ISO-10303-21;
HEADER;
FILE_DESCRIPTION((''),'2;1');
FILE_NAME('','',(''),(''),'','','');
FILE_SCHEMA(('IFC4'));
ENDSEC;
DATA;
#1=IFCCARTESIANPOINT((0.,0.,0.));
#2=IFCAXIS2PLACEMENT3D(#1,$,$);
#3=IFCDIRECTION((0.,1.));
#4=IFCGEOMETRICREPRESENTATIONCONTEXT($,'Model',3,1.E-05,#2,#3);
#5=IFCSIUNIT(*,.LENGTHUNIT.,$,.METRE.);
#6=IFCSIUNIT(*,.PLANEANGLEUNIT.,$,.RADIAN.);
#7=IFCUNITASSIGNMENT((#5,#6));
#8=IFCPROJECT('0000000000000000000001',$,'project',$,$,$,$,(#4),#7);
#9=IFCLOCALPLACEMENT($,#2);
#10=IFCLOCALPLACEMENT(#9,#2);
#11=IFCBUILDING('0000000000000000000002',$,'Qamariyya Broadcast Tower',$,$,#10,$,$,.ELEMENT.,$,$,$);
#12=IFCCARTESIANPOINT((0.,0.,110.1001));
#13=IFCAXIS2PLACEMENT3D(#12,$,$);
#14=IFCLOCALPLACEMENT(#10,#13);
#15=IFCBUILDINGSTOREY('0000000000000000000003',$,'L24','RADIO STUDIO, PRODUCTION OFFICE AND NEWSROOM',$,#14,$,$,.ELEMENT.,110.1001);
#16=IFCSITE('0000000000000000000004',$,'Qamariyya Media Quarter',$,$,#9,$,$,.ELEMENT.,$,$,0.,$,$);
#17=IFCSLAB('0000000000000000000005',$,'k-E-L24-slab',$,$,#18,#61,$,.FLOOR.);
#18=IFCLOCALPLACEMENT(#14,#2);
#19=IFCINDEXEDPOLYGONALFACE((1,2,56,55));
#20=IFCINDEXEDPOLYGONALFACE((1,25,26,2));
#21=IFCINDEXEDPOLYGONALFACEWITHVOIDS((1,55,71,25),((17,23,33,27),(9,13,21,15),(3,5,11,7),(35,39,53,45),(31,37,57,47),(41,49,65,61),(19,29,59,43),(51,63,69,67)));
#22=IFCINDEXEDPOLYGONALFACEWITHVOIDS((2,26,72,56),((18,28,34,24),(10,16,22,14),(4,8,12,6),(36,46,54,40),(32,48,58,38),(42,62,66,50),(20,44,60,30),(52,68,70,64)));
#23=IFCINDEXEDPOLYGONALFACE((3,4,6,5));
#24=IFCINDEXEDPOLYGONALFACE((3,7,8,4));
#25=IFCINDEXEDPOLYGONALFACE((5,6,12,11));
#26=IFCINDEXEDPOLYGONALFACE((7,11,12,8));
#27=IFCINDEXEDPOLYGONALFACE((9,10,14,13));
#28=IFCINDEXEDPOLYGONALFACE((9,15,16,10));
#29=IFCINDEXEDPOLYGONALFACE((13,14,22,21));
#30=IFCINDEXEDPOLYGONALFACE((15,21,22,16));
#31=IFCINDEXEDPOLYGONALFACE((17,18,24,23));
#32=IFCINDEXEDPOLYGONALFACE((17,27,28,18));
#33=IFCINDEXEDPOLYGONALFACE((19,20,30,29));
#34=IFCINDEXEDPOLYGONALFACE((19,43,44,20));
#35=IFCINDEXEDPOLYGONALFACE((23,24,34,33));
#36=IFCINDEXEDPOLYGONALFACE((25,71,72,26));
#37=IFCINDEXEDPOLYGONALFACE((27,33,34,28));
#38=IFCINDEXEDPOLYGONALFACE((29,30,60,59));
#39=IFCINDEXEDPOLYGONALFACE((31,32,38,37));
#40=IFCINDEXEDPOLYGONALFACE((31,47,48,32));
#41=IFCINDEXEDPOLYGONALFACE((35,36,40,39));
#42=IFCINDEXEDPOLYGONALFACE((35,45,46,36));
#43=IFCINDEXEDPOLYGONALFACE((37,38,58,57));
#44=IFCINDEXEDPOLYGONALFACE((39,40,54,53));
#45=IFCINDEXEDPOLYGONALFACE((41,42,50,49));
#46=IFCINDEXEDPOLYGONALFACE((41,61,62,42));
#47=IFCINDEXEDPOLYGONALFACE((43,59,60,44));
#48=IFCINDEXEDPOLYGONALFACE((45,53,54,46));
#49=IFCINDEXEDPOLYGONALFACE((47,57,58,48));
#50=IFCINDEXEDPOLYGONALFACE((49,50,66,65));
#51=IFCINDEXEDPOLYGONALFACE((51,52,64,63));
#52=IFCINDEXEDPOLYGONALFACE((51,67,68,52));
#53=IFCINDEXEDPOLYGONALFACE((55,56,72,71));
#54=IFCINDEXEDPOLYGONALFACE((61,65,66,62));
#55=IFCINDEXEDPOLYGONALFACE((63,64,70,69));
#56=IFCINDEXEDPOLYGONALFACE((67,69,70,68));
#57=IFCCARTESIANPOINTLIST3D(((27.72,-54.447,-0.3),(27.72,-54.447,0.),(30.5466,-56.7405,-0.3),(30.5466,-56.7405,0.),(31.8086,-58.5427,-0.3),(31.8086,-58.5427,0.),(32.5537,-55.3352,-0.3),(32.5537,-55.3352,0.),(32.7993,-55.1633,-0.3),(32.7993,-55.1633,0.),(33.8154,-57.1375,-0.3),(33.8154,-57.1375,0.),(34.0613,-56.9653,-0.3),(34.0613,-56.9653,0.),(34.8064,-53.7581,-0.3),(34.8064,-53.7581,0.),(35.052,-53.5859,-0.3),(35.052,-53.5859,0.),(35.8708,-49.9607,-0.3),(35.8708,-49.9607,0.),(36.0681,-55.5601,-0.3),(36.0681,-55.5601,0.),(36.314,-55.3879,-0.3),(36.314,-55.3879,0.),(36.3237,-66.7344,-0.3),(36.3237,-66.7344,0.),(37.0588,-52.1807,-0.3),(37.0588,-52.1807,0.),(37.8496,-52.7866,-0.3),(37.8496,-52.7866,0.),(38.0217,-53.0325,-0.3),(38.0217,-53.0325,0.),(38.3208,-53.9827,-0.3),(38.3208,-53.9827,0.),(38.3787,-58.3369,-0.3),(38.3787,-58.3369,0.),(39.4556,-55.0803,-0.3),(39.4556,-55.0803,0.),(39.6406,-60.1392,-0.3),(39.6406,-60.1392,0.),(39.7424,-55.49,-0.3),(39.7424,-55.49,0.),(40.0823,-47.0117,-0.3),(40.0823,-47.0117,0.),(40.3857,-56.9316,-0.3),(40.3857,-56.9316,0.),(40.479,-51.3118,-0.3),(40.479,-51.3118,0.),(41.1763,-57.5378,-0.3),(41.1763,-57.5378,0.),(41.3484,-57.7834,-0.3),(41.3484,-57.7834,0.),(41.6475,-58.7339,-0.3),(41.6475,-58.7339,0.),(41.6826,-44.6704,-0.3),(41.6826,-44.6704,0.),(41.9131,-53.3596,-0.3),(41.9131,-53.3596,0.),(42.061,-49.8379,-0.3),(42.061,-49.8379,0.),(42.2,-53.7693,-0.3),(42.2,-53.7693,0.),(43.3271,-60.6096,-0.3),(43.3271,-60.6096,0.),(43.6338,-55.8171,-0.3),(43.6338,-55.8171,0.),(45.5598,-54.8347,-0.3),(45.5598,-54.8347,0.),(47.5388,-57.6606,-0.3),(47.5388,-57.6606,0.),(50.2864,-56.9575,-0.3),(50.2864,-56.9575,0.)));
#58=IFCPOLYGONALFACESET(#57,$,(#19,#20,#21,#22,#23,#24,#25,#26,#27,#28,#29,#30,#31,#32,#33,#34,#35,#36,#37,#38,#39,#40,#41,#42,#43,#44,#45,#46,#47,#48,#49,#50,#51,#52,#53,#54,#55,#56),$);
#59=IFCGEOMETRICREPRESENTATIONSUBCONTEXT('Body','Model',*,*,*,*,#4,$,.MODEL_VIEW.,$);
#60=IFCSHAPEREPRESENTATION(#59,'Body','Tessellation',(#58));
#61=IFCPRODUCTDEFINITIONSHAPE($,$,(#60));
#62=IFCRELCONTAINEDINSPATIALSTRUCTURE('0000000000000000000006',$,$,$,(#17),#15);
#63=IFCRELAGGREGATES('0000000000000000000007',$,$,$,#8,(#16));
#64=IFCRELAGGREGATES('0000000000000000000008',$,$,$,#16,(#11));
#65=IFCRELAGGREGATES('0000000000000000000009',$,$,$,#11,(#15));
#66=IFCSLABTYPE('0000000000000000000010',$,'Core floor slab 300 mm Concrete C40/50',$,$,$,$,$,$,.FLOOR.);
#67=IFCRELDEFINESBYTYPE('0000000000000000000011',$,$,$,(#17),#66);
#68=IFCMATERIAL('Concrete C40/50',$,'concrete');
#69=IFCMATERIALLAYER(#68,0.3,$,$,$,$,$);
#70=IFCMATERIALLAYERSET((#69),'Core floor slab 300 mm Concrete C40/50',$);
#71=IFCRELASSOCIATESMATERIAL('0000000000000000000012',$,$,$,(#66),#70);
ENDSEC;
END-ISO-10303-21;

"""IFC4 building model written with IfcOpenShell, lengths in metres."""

from ifc_helpers import new_model, si_unit, direction, frame, origin, place, context, subcontext, project, spatial, polyline, outline, extrude, material, layer, layer_set, type_object, element, save


model = new_model("IFC4")

# Units and contexts
model_context = context("Model", 3, precision=1e-05, world=origin(), true_north=direction((0.0, 1.0)))
body_context = subcontext(model_context, "Body", "Model", "MODEL_VIEW")
ifc_project = project(units=[si_unit("LENGTHUNIT", "METRE"), si_unit("PLANEANGLEUNIT", "RADIAN")], contexts=[model_context])

# Site, building, storey
site_placement = place(None, origin())
building_placement = place(site_placement, origin())
storey_placement = place(building_placement, frame((0.0, 0.0, 110.1001)))
site = spatial("IfcSite", under=ifc_project, at=site_placement, Name="Qamariyya Media Quarter", CompositionType="ELEMENT", RefElevation=0.0)
building = spatial("IfcBuilding", under=site, at=building_placement, Name="Qamariyya Broadcast Tower", CompositionType="ELEMENT")
storey = spatial("IfcBuildingStorey", under=building, at=storey_placement, Name="L24", Description="RADIO STUDIO, PRODUCTION OFFICE AND NEWSROOM", CompositionType="ELEMENT", Elevation=110.1001)

# Slab
ifc_material_1 = material(Name="Concrete C40/50", Category="concrete")
ifc_layer = layer(ifc_material_1, 0.3)
ifc_layer_set = layer_set([ifc_layer], Name="Core floor slab 300 mm Concrete C40/50")
slab_type = type_object("IfcSlabType", Name="Core floor slab 300 mm Concrete C40/50", PredefinedType="FLOOR", material=ifc_layer_set)
slab_placement = place(storey_placement, frame((0.0, 0.0, -0.3)))
element("IfcSlab", 1, at=slab_placement, inside=storey, type_object=slab_type, Name="k-E-L24-slab", PredefinedType="FLOOR", context=body_context, shape_type="SweptSolid", body=[
    extrude(outline(polyline([(36.3237, -66.7344), (50.2864, -56.9575), (41.6826, -44.6704), (27.72, -54.447), (36.3237, -66.7344)]), holes=[polyline([(31.8086, -58.5427), (33.8154, -57.1375), (32.5537, -55.3352), (30.5466, -56.7405), (31.8086, -58.5427)]), polyline([(34.0613, -56.9653), (36.0681, -55.5601), (34.8064, -53.7581), (32.7993, -55.1633), (34.0613, -56.9653)]), polyline([(36.314, -55.3879), (38.3208, -53.9827), (37.0588, -52.1807), (35.052, -53.5859), (36.314, -55.3879)]), polyline([(38.3787, -58.3369), (40.3857, -56.9316), (41.6475, -58.7339), (39.6406, -60.1392), (38.3787, -58.3369)]), polyline([(39.7424, -55.49), (42.2, -53.7693), (43.6338, -55.8171), (41.1763, -57.5378), (39.7424, -55.49)]), polyline([(39.4556, -55.0803), (41.9131, -53.3596), (40.479, -51.3118), (38.0217, -53.0325), (39.4556, -55.0803)]), polyline([(40.0823, -47.0117), (35.8708, -49.9607), (37.8496, -52.7866), (42.061, -49.8379), (40.0823, -47.0117)]), polyline([(45.5598, -54.8347), (41.3484, -57.7834), (43.3271, -60.6096), (47.5388, -57.6606), (45.5598, -54.8347)])]), origin(), (0.0, 0.0, 1.0), 0.3),
])

save(model, "model.ifc")
